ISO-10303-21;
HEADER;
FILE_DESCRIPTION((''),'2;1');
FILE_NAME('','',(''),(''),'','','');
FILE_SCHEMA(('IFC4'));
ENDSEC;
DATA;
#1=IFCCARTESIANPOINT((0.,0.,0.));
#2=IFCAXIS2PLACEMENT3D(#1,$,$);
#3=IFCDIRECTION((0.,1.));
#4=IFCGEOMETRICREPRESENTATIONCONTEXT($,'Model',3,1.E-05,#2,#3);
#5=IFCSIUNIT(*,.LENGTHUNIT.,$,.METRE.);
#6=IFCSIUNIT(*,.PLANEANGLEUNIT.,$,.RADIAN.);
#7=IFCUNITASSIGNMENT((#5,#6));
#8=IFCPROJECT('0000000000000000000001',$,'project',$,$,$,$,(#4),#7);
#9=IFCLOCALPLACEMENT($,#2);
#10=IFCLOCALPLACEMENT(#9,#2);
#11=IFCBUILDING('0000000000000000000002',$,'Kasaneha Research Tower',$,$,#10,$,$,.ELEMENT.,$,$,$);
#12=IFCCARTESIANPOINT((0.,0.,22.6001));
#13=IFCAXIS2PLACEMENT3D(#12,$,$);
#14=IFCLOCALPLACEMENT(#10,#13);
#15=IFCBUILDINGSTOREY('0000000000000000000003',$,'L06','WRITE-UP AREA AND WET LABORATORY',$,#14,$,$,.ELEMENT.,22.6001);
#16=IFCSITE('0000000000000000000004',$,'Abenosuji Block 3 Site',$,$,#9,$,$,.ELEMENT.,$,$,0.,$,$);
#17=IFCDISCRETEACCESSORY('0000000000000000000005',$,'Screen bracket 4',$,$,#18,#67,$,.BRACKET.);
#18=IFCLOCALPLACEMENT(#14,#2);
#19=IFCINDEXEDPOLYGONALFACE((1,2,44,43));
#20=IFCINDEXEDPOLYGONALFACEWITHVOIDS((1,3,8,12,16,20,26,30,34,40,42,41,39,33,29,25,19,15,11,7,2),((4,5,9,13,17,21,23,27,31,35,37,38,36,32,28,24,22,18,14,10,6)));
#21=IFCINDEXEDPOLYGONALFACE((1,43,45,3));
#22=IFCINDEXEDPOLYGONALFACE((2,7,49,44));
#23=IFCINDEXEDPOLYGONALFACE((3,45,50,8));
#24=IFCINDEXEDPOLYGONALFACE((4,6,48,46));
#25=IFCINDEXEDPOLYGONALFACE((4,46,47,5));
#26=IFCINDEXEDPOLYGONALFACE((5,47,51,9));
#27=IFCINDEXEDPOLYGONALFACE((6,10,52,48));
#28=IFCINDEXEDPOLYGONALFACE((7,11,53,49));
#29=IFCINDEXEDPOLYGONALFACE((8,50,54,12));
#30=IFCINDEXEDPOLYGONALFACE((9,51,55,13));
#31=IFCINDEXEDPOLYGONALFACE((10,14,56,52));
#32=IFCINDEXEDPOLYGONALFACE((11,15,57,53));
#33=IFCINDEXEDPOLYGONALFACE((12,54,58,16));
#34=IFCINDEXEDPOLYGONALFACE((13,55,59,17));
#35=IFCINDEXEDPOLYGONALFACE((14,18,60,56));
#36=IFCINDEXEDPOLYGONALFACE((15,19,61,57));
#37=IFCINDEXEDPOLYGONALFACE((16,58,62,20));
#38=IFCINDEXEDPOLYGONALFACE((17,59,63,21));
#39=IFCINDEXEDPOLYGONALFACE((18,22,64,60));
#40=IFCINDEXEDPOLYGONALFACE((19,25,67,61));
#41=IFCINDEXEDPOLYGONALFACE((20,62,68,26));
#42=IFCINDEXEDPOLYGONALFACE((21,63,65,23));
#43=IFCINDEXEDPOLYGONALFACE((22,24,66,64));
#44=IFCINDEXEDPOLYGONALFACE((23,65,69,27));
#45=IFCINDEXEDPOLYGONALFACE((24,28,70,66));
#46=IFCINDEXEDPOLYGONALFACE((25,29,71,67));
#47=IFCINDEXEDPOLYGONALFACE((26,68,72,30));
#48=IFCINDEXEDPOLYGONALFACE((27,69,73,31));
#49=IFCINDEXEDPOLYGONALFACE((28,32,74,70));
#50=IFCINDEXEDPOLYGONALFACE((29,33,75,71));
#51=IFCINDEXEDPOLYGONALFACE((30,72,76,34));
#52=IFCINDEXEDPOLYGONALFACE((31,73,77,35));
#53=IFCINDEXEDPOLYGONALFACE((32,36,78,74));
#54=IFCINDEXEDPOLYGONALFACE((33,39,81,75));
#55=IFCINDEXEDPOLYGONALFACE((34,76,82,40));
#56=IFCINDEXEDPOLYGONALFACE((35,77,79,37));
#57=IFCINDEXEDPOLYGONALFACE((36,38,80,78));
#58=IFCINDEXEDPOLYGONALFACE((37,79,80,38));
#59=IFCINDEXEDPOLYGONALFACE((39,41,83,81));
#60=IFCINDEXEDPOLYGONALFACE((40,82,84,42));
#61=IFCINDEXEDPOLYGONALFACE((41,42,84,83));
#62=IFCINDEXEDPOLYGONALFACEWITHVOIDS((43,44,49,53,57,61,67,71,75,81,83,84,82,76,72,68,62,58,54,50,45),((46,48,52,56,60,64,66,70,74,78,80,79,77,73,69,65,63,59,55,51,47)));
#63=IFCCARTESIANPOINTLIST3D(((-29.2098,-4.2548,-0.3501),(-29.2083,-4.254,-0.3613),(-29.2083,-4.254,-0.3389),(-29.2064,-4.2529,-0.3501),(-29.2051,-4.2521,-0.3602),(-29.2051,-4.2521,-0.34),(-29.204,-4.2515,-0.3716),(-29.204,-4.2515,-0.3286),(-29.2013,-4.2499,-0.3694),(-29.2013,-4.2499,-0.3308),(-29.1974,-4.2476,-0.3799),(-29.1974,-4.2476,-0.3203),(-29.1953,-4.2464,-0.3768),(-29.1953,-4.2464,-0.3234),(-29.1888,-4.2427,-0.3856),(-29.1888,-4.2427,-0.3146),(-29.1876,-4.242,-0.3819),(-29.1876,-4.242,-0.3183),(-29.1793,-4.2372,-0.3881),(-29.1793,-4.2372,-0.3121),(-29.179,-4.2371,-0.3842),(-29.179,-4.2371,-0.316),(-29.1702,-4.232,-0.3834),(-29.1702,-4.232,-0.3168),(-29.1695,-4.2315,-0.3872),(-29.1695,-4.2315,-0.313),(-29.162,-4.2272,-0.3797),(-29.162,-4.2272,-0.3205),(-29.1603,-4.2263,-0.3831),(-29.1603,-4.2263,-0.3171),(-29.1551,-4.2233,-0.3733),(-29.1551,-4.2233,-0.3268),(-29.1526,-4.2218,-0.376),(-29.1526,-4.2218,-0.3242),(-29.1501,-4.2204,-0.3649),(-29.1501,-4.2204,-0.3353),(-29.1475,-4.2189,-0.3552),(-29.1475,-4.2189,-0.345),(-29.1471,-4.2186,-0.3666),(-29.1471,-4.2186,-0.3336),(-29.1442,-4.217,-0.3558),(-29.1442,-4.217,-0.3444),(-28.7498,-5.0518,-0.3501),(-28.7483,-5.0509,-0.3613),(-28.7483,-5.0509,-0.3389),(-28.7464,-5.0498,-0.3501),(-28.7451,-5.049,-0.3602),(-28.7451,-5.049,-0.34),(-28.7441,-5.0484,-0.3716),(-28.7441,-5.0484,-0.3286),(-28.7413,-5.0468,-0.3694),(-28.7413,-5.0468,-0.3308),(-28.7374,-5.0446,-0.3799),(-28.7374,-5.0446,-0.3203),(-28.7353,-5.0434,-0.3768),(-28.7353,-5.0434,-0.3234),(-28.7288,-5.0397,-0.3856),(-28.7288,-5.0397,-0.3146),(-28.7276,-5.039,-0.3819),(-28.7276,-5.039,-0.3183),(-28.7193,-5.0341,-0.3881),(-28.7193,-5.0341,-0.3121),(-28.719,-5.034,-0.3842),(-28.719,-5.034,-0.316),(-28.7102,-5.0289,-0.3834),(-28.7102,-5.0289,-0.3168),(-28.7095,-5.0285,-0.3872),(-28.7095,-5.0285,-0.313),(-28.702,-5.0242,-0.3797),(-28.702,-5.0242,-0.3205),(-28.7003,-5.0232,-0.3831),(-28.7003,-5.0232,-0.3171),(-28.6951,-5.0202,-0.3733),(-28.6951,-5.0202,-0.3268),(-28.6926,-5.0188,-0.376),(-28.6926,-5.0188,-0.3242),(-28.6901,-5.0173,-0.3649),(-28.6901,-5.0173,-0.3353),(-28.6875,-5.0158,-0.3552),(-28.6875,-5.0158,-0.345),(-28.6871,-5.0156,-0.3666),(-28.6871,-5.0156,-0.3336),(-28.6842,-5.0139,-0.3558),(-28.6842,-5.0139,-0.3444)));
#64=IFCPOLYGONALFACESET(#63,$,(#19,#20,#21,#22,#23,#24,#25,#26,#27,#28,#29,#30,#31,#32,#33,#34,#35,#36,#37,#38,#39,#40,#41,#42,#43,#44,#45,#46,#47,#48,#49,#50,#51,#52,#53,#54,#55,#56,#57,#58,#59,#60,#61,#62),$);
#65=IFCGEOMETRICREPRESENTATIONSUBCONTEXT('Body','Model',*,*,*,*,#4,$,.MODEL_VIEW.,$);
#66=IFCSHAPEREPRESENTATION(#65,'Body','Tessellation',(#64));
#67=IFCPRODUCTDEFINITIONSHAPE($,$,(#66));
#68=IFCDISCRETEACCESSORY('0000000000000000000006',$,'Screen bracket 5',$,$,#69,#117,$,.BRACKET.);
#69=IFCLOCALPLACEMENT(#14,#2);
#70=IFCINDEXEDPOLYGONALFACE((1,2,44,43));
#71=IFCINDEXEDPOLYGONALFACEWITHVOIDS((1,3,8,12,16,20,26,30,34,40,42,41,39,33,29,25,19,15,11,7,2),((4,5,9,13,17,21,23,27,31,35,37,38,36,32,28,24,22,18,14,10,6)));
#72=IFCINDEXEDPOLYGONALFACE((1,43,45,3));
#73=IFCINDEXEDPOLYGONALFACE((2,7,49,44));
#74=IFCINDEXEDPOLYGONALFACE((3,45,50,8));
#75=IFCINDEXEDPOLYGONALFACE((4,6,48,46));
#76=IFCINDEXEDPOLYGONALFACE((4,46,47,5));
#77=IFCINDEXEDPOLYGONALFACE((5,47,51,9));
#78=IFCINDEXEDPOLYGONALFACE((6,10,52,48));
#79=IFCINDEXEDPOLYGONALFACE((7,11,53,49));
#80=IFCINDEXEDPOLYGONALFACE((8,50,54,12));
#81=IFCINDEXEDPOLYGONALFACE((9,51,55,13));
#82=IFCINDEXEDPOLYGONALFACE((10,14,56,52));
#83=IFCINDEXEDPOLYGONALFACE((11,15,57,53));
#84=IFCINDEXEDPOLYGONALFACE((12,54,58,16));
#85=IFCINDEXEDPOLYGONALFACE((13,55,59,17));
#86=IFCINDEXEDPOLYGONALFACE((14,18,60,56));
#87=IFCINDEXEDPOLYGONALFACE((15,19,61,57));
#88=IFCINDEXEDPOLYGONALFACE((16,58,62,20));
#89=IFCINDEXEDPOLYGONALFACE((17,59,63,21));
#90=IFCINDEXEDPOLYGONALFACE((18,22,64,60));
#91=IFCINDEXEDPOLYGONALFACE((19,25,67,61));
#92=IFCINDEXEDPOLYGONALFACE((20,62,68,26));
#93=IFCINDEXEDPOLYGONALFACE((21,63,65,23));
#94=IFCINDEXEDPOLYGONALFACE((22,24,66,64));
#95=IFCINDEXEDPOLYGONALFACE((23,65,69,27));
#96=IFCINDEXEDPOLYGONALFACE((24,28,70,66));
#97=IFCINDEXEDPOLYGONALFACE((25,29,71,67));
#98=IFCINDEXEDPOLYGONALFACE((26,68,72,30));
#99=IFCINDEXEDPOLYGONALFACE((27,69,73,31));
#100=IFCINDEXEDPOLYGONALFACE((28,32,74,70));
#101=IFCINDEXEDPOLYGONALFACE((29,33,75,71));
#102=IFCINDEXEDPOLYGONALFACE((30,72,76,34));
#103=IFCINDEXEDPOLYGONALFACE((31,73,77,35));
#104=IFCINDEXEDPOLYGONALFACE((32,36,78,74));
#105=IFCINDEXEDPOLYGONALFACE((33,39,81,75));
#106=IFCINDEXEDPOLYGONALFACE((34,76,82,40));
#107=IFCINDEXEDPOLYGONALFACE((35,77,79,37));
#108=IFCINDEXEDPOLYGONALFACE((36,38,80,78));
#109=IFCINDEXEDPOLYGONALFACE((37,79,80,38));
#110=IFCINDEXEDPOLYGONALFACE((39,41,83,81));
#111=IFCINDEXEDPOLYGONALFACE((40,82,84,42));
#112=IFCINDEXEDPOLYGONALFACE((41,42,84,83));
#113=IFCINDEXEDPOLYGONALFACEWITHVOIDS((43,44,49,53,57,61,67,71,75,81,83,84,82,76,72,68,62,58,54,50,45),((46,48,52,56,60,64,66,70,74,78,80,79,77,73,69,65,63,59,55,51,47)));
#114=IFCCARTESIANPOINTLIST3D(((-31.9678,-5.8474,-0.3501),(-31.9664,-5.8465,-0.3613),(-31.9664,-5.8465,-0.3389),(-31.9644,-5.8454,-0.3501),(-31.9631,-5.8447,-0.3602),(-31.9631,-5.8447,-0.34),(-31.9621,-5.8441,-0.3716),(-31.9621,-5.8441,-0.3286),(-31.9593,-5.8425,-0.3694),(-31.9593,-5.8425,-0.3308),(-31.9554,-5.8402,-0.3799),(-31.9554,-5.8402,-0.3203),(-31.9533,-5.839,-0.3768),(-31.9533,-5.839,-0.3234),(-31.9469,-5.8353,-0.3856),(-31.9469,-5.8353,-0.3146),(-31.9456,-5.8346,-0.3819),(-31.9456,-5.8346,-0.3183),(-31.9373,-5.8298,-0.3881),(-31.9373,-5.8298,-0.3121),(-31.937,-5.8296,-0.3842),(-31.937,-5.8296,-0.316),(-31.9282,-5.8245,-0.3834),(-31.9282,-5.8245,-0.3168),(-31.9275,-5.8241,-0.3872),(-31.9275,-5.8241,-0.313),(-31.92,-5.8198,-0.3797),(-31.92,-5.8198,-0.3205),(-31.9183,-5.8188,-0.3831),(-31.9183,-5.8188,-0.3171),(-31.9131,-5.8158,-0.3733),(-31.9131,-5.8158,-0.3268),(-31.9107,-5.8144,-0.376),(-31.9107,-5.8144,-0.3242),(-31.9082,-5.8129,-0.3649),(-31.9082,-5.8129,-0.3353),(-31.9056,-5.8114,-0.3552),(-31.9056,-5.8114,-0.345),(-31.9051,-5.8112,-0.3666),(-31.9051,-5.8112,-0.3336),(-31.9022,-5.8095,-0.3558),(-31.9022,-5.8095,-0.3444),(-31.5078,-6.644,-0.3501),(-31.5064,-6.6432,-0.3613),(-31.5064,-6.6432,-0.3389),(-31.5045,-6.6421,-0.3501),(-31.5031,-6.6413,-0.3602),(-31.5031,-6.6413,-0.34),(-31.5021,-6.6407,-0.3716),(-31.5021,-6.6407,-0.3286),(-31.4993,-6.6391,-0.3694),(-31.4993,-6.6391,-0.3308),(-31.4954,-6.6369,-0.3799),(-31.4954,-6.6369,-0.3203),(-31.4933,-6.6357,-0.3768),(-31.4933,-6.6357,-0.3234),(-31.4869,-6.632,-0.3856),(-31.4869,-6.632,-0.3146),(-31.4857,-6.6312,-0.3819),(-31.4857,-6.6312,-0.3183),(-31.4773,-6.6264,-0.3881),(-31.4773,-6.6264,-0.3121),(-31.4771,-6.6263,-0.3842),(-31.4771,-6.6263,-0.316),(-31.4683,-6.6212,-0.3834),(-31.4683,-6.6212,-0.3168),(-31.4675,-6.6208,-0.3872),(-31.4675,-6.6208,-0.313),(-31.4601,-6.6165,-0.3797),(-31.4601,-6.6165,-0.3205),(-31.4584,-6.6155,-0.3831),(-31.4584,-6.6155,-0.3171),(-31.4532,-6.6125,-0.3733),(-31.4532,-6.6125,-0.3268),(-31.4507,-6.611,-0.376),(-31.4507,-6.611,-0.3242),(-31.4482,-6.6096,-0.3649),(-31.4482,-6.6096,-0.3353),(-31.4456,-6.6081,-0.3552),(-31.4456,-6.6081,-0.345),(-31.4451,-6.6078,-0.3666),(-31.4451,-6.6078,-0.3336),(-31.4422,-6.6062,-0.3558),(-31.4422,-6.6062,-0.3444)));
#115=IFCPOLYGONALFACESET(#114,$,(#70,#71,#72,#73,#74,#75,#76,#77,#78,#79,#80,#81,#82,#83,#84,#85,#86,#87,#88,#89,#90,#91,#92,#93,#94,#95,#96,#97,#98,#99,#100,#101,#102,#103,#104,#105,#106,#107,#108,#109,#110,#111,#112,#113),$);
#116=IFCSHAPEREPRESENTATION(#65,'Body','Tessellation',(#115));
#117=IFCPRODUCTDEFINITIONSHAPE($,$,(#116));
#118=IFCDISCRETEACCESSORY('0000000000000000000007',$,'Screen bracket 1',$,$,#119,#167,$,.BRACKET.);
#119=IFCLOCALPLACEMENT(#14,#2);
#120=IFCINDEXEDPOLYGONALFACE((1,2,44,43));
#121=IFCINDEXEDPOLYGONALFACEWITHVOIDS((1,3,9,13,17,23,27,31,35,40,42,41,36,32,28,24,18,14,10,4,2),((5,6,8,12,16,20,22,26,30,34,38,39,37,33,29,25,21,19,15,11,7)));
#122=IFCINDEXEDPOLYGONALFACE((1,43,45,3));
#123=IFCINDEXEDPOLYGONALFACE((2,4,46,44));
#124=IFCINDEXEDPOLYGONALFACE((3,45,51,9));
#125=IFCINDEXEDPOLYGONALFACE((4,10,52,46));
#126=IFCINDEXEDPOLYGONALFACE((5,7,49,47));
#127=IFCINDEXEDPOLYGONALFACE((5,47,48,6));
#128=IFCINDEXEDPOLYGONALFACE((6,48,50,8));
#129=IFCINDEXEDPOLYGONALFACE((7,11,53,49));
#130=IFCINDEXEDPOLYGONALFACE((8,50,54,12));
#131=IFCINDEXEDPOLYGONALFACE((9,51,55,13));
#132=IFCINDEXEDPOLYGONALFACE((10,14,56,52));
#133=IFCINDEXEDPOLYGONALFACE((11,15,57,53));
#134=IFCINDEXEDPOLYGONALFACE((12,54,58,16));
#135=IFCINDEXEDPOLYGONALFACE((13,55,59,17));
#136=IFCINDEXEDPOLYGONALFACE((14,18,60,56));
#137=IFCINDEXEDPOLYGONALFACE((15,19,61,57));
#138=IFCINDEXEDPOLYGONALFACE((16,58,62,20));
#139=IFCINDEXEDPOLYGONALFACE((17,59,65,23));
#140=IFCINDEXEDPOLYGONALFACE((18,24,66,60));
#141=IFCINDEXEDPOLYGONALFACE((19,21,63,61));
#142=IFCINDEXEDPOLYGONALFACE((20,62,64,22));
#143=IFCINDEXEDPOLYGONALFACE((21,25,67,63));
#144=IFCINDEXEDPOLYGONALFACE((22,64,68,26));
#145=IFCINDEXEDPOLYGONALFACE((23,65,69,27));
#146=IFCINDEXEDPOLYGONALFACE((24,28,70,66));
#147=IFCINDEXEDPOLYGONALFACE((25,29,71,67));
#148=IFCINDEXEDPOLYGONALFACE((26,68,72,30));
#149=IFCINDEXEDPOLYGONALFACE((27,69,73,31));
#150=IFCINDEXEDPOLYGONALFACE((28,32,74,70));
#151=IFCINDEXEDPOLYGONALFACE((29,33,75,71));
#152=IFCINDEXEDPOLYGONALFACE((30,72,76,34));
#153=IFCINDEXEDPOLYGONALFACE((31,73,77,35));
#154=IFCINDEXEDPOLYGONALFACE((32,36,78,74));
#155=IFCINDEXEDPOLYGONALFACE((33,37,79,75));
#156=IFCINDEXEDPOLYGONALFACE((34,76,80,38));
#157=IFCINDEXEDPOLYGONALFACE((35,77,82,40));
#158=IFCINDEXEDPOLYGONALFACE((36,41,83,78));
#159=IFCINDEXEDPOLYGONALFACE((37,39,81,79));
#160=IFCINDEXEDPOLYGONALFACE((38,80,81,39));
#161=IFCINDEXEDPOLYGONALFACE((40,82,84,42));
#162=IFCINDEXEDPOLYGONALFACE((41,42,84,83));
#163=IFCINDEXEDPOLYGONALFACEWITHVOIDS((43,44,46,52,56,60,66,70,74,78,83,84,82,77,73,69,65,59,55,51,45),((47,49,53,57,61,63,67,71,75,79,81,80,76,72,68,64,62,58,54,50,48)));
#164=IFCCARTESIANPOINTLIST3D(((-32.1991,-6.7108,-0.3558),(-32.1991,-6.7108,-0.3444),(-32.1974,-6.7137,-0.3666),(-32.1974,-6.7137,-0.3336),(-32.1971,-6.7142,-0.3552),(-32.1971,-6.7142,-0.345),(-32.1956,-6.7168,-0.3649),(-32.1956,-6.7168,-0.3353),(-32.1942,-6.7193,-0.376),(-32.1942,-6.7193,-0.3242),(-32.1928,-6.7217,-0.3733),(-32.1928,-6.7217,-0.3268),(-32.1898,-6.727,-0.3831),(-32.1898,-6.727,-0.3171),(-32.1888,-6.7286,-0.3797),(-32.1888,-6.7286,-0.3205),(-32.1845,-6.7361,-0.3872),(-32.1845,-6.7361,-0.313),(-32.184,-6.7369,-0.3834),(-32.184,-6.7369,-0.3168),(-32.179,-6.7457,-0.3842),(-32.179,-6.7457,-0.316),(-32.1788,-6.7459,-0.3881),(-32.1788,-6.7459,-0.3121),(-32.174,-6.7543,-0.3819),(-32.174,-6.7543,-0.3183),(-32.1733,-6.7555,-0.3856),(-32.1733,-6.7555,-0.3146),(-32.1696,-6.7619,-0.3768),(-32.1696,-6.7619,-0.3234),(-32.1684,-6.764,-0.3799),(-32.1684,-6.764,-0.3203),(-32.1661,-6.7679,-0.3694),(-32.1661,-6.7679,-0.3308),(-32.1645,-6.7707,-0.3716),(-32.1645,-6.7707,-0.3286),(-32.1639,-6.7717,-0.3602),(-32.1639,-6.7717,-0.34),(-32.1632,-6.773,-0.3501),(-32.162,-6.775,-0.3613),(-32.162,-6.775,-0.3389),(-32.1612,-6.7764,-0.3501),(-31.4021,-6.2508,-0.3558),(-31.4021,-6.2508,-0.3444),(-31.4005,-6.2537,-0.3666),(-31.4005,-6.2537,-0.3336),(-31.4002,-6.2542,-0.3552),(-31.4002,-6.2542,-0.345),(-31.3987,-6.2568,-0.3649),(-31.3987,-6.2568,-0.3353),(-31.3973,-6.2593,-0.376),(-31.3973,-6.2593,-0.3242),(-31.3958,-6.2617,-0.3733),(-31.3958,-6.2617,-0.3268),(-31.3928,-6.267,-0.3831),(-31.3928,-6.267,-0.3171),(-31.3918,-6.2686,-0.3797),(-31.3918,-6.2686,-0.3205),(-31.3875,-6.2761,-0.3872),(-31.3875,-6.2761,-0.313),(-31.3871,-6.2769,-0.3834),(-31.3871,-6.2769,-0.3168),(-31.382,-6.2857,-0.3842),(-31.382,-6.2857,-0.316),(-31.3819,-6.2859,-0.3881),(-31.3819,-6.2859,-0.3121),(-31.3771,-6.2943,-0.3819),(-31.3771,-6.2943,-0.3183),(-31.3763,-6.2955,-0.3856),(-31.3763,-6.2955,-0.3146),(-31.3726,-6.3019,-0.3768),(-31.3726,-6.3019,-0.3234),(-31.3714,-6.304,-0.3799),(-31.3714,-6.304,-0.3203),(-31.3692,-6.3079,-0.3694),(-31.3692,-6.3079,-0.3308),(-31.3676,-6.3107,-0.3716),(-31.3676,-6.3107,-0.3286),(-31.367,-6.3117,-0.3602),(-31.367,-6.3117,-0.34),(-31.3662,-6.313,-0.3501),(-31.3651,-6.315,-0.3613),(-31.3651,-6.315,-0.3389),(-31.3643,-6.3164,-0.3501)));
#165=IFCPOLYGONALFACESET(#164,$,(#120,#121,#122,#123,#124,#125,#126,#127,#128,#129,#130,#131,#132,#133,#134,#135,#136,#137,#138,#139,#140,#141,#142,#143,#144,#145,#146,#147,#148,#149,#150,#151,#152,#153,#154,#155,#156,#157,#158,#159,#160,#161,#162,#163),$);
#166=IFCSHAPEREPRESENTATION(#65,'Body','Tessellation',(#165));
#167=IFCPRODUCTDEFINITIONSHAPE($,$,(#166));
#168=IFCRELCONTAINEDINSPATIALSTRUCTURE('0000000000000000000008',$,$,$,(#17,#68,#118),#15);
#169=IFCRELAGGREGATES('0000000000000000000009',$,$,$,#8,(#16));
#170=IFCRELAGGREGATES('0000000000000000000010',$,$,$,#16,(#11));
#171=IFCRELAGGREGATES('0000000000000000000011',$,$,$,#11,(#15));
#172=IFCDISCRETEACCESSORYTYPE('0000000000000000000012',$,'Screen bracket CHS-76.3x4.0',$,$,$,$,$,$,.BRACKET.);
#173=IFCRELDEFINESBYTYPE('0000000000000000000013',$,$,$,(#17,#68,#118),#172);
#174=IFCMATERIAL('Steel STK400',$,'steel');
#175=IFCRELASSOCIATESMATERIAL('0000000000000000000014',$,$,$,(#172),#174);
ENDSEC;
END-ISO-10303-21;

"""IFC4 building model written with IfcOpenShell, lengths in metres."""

from ifc_helpers import new_model, si_unit, direction, frame, origin, origin_2d, place, context, subcontext, project, spatial, hollow_circle, extrude, material, material_profile, profile_set, type_object, element, save


model = new_model("IFC4")

# Units and contexts
model_context = context("Model", 3, precision=1e-05, world=origin(), true_north=direction((0.0, 1.0)))
body_context = subcontext(model_context, "Body", "Model", "MODEL_VIEW")
ifc_project = project(units=[si_unit("LENGTHUNIT", "METRE"), si_unit("PLANEANGLEUNIT", "RADIAN")], contexts=[model_context])

# Site, building, storey
site_placement = place(None, origin())
site = spatial("IfcSite", under=ifc_project, at=site_placement, Name="Abenosuji Block 3 Site", CompositionType="ELEMENT", RefElevation=0.0)
building_placement = place(site_placement, origin())
building = spatial("IfcBuilding", under=site, at=building_placement, Name="Kasaneha Research Tower", CompositionType="ELEMENT")
storey_placement = place(building_placement, frame((0.0, 0.0, 22.6001)))
storey = spatial("IfcBuildingStorey", under=building, at=storey_placement, Name="L06", Description="WRITE-UP AREA AND WET LABORATORY", CompositionType="ELEMENT", Elevation=22.6001)

# Discrete accessories
ifc_material_1 = material(Name="Steel STK400", Category="steel")
ifc_material_profile_1 = material_profile(ifc_material_1, hollow_circle(Radius=0.0381, WallThickness=0.0039, at=origin_2d()), Name="CHS-76.3x4.0")
ifc_profile_set_1 = profile_set([ifc_material_profile_1], Name="Steel STK400")
discrete_accessory_type = type_object("IfcDiscreteAccessoryType", Name="Screen bracket CHS-76.3x4.0", PredefinedType="BRACKET", material=ifc_profile_set_1)
discrete_accessory_1_placement = place(storey_placement, frame((-28.7168, -5.0327, -0.3501), z_axis=(-0.499906, 0.86608, 0.0), x_axis=(-0.86608, -0.499906, 0.0)))
element("IfcDiscreteAccessory", 1, at=discrete_accessory_1_placement, inside=storey, type_object=discrete_accessory_type, Name="Screen bracket 4", PredefinedType="BRACKET", context=body_context, shape_type="SweptSolid", body=[
    extrude(hollow_circle(Radius=0.0381, WallThickness=0.0039, at=origin_2d()), origin(), (0.0, 0.0, 1.0), 0.9202),
])
discrete_accessory_2_placement = place(storey_placement, frame((-31.4749, -6.625, -0.3501), z_axis=(-0.500021, 0.866013, 0.0), x_axis=(-0.866013, -0.500021, 0.0)))
element("IfcDiscreteAccessory", 2, at=discrete_accessory_2_placement, inside=storey, type_object=discrete_accessory_type, Name="Screen bracket 5", PredefinedType="BRACKET", context=body_context, shape_type="SweptSolid", body=[
    extrude(hollow_circle(Radius=0.0381, WallThickness=0.0039, at=origin_2d()), origin(), (0.0, 0.0, 1.0), 0.9199),
])
discrete_accessory_3_placement = place(storey_placement, frame((-31.3833, -6.2834, -0.3501), z_axis=(-0.86608, -0.499906, 0.0), x_axis=(0.499906, -0.86608, 0.0)))
element("IfcDiscreteAccessory", 3, at=discrete_accessory_3_placement, inside=storey, type_object=discrete_accessory_type, Name="Screen bracket 1", PredefinedType="BRACKET", context=body_context, shape_type="SweptSolid", body=[
    extrude(hollow_circle(Radius=0.0381, WallThickness=0.0039, at=origin_2d()), origin(), (0.0, 0.0, 1.0), 0.9202),
])

save(model, "model.ifc")
